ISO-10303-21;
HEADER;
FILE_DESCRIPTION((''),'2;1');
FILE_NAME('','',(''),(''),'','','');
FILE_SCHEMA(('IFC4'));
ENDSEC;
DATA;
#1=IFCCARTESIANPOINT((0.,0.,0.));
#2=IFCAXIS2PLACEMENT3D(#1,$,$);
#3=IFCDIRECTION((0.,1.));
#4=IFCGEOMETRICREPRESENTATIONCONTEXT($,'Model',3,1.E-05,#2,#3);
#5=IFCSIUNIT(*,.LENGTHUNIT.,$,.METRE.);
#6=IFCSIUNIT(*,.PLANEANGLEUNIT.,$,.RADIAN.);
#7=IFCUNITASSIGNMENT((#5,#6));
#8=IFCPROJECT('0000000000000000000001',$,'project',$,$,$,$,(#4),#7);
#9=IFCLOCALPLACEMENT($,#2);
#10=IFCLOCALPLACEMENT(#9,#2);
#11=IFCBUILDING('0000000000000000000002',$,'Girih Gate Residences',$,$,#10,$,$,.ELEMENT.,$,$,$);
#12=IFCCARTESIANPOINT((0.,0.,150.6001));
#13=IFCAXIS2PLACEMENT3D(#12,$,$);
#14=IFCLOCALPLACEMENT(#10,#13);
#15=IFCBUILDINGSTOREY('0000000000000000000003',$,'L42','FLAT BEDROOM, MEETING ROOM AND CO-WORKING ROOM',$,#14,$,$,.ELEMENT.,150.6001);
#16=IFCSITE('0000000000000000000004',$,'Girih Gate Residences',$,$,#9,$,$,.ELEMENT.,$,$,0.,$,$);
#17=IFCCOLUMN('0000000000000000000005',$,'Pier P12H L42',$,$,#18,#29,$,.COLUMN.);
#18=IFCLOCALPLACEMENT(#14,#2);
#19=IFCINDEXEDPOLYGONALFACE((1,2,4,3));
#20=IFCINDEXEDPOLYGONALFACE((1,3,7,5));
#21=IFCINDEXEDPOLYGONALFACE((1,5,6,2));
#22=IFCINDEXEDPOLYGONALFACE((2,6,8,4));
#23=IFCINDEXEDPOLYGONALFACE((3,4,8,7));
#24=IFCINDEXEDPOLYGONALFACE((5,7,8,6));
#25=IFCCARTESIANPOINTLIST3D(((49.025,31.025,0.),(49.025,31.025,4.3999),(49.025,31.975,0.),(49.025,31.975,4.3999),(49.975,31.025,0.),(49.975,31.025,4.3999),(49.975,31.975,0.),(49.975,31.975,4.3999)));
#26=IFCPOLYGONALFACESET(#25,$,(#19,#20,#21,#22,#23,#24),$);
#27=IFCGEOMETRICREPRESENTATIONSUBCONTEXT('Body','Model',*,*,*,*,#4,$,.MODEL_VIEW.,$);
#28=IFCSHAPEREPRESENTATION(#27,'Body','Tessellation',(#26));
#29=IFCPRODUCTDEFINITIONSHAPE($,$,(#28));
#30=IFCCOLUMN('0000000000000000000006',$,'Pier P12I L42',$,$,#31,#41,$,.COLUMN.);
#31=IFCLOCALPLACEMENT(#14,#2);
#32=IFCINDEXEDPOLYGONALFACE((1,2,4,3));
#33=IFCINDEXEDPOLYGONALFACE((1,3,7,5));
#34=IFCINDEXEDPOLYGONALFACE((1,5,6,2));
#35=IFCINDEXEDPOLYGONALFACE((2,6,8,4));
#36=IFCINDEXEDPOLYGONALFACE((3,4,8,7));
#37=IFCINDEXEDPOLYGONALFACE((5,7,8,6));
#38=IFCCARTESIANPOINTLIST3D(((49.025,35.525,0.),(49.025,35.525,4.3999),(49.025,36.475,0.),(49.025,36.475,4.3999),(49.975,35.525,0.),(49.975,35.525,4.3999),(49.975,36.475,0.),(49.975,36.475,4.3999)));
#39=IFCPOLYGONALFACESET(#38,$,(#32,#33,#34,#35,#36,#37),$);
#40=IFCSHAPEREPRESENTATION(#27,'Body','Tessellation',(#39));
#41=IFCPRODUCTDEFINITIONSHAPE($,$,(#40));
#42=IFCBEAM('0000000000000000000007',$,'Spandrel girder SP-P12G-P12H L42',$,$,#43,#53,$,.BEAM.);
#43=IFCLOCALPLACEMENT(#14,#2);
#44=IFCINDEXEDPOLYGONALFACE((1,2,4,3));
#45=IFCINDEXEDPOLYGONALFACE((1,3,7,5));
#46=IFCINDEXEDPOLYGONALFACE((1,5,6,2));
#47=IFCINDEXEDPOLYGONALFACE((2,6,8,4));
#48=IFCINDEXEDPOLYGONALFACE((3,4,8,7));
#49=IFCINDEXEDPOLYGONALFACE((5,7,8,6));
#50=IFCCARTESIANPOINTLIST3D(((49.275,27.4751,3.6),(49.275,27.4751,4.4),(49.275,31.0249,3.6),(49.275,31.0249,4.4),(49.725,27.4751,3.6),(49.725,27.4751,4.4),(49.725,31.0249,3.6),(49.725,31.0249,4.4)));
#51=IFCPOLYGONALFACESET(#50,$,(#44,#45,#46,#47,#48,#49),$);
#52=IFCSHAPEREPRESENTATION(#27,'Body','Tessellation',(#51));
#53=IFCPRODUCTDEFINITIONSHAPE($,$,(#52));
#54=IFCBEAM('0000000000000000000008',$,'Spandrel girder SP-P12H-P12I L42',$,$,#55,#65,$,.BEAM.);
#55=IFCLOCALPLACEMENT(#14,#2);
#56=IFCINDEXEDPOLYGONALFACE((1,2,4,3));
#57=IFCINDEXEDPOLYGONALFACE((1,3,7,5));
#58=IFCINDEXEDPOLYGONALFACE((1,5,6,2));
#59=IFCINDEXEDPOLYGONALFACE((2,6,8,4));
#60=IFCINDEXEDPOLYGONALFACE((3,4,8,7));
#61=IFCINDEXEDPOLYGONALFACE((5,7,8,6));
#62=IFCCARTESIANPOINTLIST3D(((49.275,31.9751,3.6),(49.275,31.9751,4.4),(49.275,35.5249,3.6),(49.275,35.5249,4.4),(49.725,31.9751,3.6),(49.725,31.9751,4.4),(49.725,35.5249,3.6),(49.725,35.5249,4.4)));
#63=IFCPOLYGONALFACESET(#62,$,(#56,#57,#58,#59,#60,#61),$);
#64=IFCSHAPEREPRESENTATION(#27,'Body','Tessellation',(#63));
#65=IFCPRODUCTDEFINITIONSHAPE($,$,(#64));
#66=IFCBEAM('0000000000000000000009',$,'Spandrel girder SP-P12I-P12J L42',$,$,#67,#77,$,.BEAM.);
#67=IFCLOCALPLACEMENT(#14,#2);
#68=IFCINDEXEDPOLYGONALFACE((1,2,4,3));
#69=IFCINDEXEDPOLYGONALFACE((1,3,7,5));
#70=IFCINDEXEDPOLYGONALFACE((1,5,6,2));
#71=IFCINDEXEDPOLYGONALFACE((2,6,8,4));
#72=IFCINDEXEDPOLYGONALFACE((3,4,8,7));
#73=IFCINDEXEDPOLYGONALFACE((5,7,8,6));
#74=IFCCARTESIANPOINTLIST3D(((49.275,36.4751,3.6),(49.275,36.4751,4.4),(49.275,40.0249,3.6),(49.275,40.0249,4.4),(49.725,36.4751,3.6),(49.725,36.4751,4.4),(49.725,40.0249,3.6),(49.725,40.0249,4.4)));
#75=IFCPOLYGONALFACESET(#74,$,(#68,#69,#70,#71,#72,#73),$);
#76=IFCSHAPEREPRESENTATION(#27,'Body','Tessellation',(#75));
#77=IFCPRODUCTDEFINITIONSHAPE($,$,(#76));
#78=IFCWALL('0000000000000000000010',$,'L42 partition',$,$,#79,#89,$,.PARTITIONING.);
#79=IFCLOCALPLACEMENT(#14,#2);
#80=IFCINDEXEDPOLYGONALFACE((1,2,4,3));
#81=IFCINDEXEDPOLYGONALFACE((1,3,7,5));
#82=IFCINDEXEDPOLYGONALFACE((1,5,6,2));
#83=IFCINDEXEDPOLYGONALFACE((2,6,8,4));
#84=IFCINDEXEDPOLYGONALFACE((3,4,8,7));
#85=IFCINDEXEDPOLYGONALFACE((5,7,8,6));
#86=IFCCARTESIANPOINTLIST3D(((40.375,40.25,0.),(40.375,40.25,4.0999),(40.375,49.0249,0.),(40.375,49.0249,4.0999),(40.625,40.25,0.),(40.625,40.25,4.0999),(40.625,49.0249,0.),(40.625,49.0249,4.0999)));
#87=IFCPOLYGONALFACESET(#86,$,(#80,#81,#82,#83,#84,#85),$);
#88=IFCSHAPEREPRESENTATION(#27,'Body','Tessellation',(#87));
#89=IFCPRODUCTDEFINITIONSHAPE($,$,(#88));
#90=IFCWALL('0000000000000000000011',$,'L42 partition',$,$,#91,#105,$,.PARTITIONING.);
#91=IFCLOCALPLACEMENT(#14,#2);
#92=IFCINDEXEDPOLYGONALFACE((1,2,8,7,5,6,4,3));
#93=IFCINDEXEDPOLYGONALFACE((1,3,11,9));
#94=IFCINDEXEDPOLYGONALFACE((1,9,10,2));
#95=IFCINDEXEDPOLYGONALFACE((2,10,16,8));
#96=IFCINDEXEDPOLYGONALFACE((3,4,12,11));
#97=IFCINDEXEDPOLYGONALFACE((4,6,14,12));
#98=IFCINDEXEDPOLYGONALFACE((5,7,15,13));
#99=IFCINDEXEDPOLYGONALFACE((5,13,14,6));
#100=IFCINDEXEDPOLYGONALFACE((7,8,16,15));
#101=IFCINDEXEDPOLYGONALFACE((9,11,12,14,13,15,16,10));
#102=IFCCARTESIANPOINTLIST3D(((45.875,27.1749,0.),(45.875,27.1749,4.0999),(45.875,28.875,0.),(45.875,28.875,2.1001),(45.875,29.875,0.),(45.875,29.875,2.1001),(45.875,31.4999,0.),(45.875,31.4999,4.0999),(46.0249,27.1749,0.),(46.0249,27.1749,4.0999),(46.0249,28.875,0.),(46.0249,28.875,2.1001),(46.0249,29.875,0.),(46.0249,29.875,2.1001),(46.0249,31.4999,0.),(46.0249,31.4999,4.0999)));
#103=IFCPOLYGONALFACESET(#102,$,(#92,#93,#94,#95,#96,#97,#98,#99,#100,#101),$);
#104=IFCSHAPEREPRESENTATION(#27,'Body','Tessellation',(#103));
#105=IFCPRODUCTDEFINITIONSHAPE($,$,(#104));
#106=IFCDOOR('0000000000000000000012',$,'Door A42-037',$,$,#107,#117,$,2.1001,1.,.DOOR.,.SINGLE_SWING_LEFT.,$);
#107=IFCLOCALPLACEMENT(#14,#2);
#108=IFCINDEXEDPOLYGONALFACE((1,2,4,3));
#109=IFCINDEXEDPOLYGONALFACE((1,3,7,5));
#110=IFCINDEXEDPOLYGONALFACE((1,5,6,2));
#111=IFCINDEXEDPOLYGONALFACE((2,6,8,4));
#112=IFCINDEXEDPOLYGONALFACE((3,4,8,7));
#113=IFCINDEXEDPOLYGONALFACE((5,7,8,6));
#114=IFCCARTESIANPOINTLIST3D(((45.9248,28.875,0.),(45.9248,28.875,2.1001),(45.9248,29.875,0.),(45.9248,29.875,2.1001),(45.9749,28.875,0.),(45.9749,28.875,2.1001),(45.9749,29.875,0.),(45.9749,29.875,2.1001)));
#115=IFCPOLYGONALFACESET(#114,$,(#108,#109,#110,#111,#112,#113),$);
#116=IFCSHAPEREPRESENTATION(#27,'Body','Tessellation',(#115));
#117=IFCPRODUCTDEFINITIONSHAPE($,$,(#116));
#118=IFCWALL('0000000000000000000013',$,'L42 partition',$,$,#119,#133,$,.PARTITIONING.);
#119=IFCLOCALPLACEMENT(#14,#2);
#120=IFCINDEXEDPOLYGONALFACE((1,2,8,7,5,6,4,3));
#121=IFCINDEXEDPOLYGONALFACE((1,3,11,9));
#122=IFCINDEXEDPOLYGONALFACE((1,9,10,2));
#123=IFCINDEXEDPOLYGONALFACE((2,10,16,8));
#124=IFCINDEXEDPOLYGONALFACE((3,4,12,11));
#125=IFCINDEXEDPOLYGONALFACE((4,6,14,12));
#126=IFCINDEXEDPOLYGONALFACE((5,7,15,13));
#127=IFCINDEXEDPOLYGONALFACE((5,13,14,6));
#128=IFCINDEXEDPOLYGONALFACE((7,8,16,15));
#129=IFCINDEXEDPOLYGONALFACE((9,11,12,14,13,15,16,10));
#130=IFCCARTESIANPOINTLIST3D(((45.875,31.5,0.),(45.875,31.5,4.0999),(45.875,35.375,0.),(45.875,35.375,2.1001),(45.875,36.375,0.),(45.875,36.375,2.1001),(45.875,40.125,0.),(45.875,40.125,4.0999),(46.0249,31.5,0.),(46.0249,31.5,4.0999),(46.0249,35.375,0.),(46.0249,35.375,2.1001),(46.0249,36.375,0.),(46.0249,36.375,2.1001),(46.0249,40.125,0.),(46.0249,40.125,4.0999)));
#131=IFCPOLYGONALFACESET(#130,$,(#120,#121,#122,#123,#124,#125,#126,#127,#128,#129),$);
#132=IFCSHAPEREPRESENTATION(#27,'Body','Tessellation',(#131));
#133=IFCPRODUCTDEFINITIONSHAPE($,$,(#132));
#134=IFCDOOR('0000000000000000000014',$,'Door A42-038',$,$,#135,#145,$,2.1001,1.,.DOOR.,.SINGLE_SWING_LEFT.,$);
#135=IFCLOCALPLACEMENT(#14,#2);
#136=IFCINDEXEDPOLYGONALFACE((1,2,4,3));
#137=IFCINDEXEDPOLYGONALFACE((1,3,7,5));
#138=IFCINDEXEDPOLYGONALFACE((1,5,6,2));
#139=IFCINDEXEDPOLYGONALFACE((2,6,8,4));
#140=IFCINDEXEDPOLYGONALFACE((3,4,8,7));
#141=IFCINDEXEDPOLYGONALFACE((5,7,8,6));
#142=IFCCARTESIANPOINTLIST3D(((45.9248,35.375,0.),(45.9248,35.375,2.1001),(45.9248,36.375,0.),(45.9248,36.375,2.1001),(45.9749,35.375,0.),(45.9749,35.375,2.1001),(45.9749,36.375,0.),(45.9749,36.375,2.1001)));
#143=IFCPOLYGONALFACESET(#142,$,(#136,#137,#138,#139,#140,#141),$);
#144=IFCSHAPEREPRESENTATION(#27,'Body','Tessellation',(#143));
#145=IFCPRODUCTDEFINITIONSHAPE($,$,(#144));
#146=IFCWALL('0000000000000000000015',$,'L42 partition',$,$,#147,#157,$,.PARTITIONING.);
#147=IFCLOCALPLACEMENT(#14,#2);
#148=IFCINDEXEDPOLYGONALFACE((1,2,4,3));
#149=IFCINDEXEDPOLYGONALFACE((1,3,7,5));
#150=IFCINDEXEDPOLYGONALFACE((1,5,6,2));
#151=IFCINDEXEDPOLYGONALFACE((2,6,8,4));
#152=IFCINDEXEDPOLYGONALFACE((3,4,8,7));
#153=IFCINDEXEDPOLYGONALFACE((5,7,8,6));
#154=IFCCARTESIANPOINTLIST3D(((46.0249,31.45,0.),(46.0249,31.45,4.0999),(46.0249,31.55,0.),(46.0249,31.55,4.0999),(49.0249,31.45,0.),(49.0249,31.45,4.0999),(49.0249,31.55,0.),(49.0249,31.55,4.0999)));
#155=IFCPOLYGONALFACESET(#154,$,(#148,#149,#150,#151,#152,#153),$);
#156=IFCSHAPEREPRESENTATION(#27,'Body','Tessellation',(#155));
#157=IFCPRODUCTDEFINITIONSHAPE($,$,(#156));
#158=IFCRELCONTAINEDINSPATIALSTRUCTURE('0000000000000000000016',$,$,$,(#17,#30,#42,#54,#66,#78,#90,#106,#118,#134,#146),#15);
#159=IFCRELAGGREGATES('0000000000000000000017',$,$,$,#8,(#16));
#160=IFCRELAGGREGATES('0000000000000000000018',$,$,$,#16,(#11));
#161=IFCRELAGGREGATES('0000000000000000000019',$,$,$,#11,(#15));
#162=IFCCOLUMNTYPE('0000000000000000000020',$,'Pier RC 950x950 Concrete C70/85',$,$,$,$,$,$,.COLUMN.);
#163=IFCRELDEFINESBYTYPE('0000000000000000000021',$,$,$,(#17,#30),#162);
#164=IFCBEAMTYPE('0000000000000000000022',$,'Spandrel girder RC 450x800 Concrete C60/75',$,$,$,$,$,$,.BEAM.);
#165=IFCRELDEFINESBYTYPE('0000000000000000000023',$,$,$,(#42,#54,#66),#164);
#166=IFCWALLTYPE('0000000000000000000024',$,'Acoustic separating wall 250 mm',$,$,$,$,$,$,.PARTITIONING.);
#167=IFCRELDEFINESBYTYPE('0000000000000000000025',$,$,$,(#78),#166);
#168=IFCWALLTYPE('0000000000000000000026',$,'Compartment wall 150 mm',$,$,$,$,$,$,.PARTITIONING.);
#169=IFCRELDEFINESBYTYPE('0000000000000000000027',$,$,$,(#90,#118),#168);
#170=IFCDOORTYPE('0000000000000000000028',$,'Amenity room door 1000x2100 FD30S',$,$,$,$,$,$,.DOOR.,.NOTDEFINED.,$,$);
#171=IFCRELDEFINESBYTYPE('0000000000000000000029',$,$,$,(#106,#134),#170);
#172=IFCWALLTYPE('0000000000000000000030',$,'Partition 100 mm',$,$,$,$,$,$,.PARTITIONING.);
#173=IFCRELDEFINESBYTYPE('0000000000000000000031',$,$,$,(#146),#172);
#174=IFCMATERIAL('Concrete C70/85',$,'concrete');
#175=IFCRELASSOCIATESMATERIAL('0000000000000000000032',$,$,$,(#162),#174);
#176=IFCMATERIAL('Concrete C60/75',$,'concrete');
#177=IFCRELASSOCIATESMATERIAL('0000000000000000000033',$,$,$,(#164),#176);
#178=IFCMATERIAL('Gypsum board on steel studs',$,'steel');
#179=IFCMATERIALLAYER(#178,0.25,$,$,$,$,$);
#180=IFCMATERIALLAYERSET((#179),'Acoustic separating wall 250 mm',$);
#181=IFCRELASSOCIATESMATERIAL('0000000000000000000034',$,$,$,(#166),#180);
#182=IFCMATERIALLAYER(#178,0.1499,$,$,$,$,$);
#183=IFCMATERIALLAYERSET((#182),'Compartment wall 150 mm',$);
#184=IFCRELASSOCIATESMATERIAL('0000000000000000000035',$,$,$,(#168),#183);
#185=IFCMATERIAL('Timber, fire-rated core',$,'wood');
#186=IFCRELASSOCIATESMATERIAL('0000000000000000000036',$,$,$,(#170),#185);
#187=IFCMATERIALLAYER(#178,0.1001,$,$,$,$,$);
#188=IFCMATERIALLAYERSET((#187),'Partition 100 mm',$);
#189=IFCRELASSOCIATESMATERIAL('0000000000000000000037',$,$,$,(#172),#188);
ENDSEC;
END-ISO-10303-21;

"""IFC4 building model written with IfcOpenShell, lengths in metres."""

from ifc_helpers import new_model, si_unit, direction, frame, frame_2d, origin, origin_2d, place, context, subcontext, project, spatial, rectangle, extrude, material, layer, layer_set, material_profile, profile_set, type_object, element, fill, save


model = new_model("IFC4")

# Units and contexts
model_context = context("Model", 3, precision=1e-05, world=origin(), true_north=direction((0.0, 1.0)))
body_context = subcontext(model_context, "Body", "Model", "MODEL_VIEW")
ifc_project = project(units=[si_unit("LENGTHUNIT", "METRE"), si_unit("PLANEANGLEUNIT", "RADIAN")], contexts=[model_context])

# Site, building, storey
site_placement = place(None, origin())
site = spatial("IfcSite", under=ifc_project, at=site_placement, Name="Girih Gate Residences", CompositionType="ELEMENT", RefElevation=0.0)
building_placement = place(site_placement, origin())
building = spatial("IfcBuilding", under=site, at=building_placement, Name="Girih Gate Residences", CompositionType="ELEMENT")
storey_placement = place(building_placement, frame((0.0, 0.0, 150.6001)))
storey = spatial("IfcBuildingStorey", under=building, at=storey_placement, Name="L42", Description="FLAT BEDROOM, MEETING ROOM AND CO-WORKING ROOM", CompositionType="ELEMENT", Elevation=150.6001)

# Columns
ifc_material_1 = material(Name="Concrete C70/85", Category="concrete")
ifc_material_profile_1 = material_profile(ifc_material_1, rectangle(XDim=0.95, YDim=0.95, at=origin_2d()))
ifc_profile_set_1 = profile_set([ifc_material_profile_1], Name="Concrete C70/85")
column_type = type_object("IfcColumnType", Name="Pier RC 950x950 Concrete C70/85", PredefinedType="COLUMN", material=ifc_profile_set_1)
for number, where, z_axis, x_axis, name in (
    (1, (49.5, 31.5, 0.0), (0.0, 0.0, 1.0), (1.0, 0.0, 0.0), "Pier P12H L42"),
    (2, (49.5, 36.0, 0.0), (0.0, 0.0, 1.0), (1.0, 0.0, 0.0), "Pier P12I L42"),
):
    element("IfcColumn", number, at=place(storey_placement, frame(where, z_axis=z_axis, x_axis=x_axis)), inside=storey, type_object=column_type, Name=name, PredefinedType="COLUMN", context=body_context, shape_type="SweptSolid", body=[
        extrude(rectangle(XDim=0.95, YDim=0.95, at=origin_2d()), origin(), (0.0, 0.0, 1.0), 4.3999),
    ])

# Beams
ifc_material_2 = material(Name="Concrete C60/75", Category="concrete")
ifc_material_profile_2 = material_profile(ifc_material_2, rectangle(XDim=0.45, YDim=0.8, at=origin_2d()))
ifc_profile_set_2 = profile_set([ifc_material_profile_2], Name="Concrete C60/75")
beam_type = type_object("IfcBeamType", Name="Spandrel girder RC 450x800 Concrete C60/75", PredefinedType="BEAM", material=ifc_profile_set_2)
for number, where, z_axis, x_axis, name in (
    (3, (49.5, 27.4751, 4.0), (0.0, 1.0, 0.0), (-1.0, 0.0, 0.0), "Spandrel girder SP-P12G-P12H L42"),
    (4, (49.5, 31.9751, 4.0), (0.0, 1.0, 0.0), (-1.0, 0.0, 0.0), "Spandrel girder SP-P12H-P12I L42"),
    (5, (49.5, 36.4751, 4.0), (0.0, 1.0, 0.0), (-1.0, 0.0, 0.0), "Spandrel girder SP-P12I-P12J L42"),
):
    element("IfcBeam", number, at=place(storey_placement, frame(where, z_axis=z_axis, x_axis=x_axis)), inside=storey, type_object=beam_type, Name=name, PredefinedType="BEAM", context=body_context, shape_type="SweptSolid", body=[
        extrude(rectangle(XDim=0.45, YDim=0.8, at=origin_2d()), origin(), (0.0, 0.0, 1.0), 3.5498),
    ])

# Wall
ifc_material_3 = material(Name="Gypsum board on steel studs", Category="steel")
ifc_layer_1 = layer(ifc_material_3, 0.25)
ifc_layer_set_1 = layer_set([ifc_layer_1], Name="Acoustic separating wall 250 mm")
wall_type_1 = type_object("IfcWallType", Name="Acoustic separating wall 250 mm", PredefinedType="PARTITIONING", material=ifc_layer_set_1)
wall_1_placement = place(storey_placement, frame((40.5, 40.25, 0.0), z_axis=(0.0, 0.0, 1.0), x_axis=(0.0, 1.0, 0.0)))
element("IfcWall", 6, at=wall_1_placement, inside=storey, type_object=wall_type_1, Name="L42 partition", PredefinedType="PARTITIONING", context=body_context, shape_type="SweptSolid", body=[
    extrude(rectangle(XDim=8.7749, YDim=0.25, at=frame_2d((4.3875, 0.0))), origin(), (0.0, 0.0, 1.0), 4.0999),
])

# Walls, openings, doors
ifc_layer_2 = layer(ifc_material_3, 0.1499)
ifc_layer_set_2 = layer_set([ifc_layer_2], Name="Compartment wall 150 mm")
wall_type_2 = type_object("IfcWallType", Name="Compartment wall 150 mm", PredefinedType="PARTITIONING", material=ifc_layer_set_2)
wall_2_placement = place(storey_placement, frame((45.95, 31.5, 0.0), z_axis=(0.0, 0.0, 1.0), x_axis=(0.0, -1.0, 0.0)))
wall_2 = element("IfcWall", 7, at=wall_2_placement, inside=storey, type_object=wall_type_2, Name="L42 partition", PredefinedType="PARTITIONING", context=body_context, shape_type="SweptSolid", body=[
    extrude(rectangle(XDim=4.325, YDim=0.1499, at=frame_2d((2.1626, 0.0))), origin(), (0.0, 0.0, 1.0), 4.0999),
])
opening_1_placement = place(wall_2_placement, frame((1.625, 0.0, 0.0)))
opening_1 = element("IfcOpeningElement", 8, at=opening_1_placement, cuts=wall_2, PredefinedType="OPENING", context=body_context, shape_type="SweptSolid", body=[
    extrude(rectangle(XDim=1.0, YDim=2.1001, at=frame_2d((0.5, 1.05))), frame((0.0, 0.085, 0.0), z_axis=(0.0, -1.0, 0.0), x_axis=(1.0, 0.0, 0.0)), (0.0, 0.0, 1.0), 0.1699),
])
ifc_material_4 = material(Name="Timber, fire-rated core", Category="wood")
door_type_1 = type_object("IfcDoorType", Name="Amenity room door 1000x2100 FD30S", OperationType="NOTDEFINED", PredefinedType="DOOR", material=ifc_material_4)
door_1_placement = place(opening_1_placement, origin())
door_1 = element("IfcDoor", 9, at=door_1_placement, inside=storey, type_object=door_type_1, Name="Door A42-037", OperationType="SINGLE_SWING_LEFT", OverallHeight=2.1001, OverallWidth=1.0, PredefinedType="DOOR", context=body_context, shape_type="SweptSolid", body=[
    extrude(rectangle(XDim=1.0, YDim=2.1001, at=frame_2d((0.5, 1.05))), frame((0.0, 0.0249, 0.0), z_axis=(0.0, -1.0, 0.0), x_axis=(1.0, 0.0, 0.0)), (0.0, 0.0, 1.0), 0.05),
])
fill(opening_1, door_1)
wall_3_placement = place(storey_placement, frame((45.95, 40.125, 0.0), z_axis=(0.0, 0.0, 1.0), x_axis=(0.0, -1.0, 0.0)))
wall_3 = element("IfcWall", 10, at=wall_3_placement, inside=storey, type_object=wall_type_2, Name="L42 partition", PredefinedType="PARTITIONING", context=body_context, shape_type="SweptSolid", body=[
    extrude(rectangle(XDim=8.625, YDim=0.1499, at=frame_2d((4.3125, 0.0))), origin(), (0.0, 0.0, 1.0), 4.0999),
])
opening_2_placement = place(wall_3_placement, frame((3.75, 0.0, 0.0)))
opening_2 = element("IfcOpeningElement", 11, at=opening_2_placement, cuts=wall_3, PredefinedType="OPENING", context=body_context, shape_type="SweptSolid", body=[
    extrude(rectangle(XDim=1.0, YDim=2.1001, at=frame_2d((0.5, 1.05))), frame((0.0, 0.085, 0.0), z_axis=(0.0, -1.0, 0.0), x_axis=(1.0, 0.0, 0.0)), (0.0, 0.0, 1.0), 0.1699),
])
door_2_placement = place(opening_2_placement, origin())
door_2 = element("IfcDoor", 12, at=door_2_placement, inside=storey, type_object=door_type_1, Name="Door A42-038", OperationType="SINGLE_SWING_LEFT", OverallHeight=2.1001, OverallWidth=1.0, PredefinedType="DOOR", context=body_context, shape_type="SweptSolid", body=[
    extrude(rectangle(XDim=1.0, YDim=2.1001, at=frame_2d((0.5, 1.05))), frame((0.0, 0.0249, 0.0), z_axis=(0.0, -1.0, 0.0), x_axis=(1.0, 0.0, 0.0)), (0.0, 0.0, 1.0), 0.05),
])
fill(opening_2, door_2)

# Wall
ifc_layer_3 = layer(ifc_material_3, 0.1001)
ifc_layer_set_3 = layer_set([ifc_layer_3], Name="Partition 100 mm")
wall_type_3 = type_object("IfcWallType", Name="Partition 100 mm", PredefinedType="PARTITIONING", material=ifc_layer_set_3)
wall_4_placement = place(storey_placement, frame((46.0249, 31.5, 0.0), z_axis=(0.0, 0.0, 1.0), x_axis=(1.0, 0.0, 0.0)))
element("IfcWall", 13, at=wall_4_placement, inside=storey, type_object=wall_type_3, Name="L42 partition", PredefinedType="PARTITIONING", context=body_context, shape_type="SweptSolid", body=[
    extrude(rectangle(XDim=3.0, YDim=0.1001, at=frame_2d((1.5, 0.0))), origin(), (0.0, 0.0, 1.0), 4.0999),
])

save(model, "model.ifc")
